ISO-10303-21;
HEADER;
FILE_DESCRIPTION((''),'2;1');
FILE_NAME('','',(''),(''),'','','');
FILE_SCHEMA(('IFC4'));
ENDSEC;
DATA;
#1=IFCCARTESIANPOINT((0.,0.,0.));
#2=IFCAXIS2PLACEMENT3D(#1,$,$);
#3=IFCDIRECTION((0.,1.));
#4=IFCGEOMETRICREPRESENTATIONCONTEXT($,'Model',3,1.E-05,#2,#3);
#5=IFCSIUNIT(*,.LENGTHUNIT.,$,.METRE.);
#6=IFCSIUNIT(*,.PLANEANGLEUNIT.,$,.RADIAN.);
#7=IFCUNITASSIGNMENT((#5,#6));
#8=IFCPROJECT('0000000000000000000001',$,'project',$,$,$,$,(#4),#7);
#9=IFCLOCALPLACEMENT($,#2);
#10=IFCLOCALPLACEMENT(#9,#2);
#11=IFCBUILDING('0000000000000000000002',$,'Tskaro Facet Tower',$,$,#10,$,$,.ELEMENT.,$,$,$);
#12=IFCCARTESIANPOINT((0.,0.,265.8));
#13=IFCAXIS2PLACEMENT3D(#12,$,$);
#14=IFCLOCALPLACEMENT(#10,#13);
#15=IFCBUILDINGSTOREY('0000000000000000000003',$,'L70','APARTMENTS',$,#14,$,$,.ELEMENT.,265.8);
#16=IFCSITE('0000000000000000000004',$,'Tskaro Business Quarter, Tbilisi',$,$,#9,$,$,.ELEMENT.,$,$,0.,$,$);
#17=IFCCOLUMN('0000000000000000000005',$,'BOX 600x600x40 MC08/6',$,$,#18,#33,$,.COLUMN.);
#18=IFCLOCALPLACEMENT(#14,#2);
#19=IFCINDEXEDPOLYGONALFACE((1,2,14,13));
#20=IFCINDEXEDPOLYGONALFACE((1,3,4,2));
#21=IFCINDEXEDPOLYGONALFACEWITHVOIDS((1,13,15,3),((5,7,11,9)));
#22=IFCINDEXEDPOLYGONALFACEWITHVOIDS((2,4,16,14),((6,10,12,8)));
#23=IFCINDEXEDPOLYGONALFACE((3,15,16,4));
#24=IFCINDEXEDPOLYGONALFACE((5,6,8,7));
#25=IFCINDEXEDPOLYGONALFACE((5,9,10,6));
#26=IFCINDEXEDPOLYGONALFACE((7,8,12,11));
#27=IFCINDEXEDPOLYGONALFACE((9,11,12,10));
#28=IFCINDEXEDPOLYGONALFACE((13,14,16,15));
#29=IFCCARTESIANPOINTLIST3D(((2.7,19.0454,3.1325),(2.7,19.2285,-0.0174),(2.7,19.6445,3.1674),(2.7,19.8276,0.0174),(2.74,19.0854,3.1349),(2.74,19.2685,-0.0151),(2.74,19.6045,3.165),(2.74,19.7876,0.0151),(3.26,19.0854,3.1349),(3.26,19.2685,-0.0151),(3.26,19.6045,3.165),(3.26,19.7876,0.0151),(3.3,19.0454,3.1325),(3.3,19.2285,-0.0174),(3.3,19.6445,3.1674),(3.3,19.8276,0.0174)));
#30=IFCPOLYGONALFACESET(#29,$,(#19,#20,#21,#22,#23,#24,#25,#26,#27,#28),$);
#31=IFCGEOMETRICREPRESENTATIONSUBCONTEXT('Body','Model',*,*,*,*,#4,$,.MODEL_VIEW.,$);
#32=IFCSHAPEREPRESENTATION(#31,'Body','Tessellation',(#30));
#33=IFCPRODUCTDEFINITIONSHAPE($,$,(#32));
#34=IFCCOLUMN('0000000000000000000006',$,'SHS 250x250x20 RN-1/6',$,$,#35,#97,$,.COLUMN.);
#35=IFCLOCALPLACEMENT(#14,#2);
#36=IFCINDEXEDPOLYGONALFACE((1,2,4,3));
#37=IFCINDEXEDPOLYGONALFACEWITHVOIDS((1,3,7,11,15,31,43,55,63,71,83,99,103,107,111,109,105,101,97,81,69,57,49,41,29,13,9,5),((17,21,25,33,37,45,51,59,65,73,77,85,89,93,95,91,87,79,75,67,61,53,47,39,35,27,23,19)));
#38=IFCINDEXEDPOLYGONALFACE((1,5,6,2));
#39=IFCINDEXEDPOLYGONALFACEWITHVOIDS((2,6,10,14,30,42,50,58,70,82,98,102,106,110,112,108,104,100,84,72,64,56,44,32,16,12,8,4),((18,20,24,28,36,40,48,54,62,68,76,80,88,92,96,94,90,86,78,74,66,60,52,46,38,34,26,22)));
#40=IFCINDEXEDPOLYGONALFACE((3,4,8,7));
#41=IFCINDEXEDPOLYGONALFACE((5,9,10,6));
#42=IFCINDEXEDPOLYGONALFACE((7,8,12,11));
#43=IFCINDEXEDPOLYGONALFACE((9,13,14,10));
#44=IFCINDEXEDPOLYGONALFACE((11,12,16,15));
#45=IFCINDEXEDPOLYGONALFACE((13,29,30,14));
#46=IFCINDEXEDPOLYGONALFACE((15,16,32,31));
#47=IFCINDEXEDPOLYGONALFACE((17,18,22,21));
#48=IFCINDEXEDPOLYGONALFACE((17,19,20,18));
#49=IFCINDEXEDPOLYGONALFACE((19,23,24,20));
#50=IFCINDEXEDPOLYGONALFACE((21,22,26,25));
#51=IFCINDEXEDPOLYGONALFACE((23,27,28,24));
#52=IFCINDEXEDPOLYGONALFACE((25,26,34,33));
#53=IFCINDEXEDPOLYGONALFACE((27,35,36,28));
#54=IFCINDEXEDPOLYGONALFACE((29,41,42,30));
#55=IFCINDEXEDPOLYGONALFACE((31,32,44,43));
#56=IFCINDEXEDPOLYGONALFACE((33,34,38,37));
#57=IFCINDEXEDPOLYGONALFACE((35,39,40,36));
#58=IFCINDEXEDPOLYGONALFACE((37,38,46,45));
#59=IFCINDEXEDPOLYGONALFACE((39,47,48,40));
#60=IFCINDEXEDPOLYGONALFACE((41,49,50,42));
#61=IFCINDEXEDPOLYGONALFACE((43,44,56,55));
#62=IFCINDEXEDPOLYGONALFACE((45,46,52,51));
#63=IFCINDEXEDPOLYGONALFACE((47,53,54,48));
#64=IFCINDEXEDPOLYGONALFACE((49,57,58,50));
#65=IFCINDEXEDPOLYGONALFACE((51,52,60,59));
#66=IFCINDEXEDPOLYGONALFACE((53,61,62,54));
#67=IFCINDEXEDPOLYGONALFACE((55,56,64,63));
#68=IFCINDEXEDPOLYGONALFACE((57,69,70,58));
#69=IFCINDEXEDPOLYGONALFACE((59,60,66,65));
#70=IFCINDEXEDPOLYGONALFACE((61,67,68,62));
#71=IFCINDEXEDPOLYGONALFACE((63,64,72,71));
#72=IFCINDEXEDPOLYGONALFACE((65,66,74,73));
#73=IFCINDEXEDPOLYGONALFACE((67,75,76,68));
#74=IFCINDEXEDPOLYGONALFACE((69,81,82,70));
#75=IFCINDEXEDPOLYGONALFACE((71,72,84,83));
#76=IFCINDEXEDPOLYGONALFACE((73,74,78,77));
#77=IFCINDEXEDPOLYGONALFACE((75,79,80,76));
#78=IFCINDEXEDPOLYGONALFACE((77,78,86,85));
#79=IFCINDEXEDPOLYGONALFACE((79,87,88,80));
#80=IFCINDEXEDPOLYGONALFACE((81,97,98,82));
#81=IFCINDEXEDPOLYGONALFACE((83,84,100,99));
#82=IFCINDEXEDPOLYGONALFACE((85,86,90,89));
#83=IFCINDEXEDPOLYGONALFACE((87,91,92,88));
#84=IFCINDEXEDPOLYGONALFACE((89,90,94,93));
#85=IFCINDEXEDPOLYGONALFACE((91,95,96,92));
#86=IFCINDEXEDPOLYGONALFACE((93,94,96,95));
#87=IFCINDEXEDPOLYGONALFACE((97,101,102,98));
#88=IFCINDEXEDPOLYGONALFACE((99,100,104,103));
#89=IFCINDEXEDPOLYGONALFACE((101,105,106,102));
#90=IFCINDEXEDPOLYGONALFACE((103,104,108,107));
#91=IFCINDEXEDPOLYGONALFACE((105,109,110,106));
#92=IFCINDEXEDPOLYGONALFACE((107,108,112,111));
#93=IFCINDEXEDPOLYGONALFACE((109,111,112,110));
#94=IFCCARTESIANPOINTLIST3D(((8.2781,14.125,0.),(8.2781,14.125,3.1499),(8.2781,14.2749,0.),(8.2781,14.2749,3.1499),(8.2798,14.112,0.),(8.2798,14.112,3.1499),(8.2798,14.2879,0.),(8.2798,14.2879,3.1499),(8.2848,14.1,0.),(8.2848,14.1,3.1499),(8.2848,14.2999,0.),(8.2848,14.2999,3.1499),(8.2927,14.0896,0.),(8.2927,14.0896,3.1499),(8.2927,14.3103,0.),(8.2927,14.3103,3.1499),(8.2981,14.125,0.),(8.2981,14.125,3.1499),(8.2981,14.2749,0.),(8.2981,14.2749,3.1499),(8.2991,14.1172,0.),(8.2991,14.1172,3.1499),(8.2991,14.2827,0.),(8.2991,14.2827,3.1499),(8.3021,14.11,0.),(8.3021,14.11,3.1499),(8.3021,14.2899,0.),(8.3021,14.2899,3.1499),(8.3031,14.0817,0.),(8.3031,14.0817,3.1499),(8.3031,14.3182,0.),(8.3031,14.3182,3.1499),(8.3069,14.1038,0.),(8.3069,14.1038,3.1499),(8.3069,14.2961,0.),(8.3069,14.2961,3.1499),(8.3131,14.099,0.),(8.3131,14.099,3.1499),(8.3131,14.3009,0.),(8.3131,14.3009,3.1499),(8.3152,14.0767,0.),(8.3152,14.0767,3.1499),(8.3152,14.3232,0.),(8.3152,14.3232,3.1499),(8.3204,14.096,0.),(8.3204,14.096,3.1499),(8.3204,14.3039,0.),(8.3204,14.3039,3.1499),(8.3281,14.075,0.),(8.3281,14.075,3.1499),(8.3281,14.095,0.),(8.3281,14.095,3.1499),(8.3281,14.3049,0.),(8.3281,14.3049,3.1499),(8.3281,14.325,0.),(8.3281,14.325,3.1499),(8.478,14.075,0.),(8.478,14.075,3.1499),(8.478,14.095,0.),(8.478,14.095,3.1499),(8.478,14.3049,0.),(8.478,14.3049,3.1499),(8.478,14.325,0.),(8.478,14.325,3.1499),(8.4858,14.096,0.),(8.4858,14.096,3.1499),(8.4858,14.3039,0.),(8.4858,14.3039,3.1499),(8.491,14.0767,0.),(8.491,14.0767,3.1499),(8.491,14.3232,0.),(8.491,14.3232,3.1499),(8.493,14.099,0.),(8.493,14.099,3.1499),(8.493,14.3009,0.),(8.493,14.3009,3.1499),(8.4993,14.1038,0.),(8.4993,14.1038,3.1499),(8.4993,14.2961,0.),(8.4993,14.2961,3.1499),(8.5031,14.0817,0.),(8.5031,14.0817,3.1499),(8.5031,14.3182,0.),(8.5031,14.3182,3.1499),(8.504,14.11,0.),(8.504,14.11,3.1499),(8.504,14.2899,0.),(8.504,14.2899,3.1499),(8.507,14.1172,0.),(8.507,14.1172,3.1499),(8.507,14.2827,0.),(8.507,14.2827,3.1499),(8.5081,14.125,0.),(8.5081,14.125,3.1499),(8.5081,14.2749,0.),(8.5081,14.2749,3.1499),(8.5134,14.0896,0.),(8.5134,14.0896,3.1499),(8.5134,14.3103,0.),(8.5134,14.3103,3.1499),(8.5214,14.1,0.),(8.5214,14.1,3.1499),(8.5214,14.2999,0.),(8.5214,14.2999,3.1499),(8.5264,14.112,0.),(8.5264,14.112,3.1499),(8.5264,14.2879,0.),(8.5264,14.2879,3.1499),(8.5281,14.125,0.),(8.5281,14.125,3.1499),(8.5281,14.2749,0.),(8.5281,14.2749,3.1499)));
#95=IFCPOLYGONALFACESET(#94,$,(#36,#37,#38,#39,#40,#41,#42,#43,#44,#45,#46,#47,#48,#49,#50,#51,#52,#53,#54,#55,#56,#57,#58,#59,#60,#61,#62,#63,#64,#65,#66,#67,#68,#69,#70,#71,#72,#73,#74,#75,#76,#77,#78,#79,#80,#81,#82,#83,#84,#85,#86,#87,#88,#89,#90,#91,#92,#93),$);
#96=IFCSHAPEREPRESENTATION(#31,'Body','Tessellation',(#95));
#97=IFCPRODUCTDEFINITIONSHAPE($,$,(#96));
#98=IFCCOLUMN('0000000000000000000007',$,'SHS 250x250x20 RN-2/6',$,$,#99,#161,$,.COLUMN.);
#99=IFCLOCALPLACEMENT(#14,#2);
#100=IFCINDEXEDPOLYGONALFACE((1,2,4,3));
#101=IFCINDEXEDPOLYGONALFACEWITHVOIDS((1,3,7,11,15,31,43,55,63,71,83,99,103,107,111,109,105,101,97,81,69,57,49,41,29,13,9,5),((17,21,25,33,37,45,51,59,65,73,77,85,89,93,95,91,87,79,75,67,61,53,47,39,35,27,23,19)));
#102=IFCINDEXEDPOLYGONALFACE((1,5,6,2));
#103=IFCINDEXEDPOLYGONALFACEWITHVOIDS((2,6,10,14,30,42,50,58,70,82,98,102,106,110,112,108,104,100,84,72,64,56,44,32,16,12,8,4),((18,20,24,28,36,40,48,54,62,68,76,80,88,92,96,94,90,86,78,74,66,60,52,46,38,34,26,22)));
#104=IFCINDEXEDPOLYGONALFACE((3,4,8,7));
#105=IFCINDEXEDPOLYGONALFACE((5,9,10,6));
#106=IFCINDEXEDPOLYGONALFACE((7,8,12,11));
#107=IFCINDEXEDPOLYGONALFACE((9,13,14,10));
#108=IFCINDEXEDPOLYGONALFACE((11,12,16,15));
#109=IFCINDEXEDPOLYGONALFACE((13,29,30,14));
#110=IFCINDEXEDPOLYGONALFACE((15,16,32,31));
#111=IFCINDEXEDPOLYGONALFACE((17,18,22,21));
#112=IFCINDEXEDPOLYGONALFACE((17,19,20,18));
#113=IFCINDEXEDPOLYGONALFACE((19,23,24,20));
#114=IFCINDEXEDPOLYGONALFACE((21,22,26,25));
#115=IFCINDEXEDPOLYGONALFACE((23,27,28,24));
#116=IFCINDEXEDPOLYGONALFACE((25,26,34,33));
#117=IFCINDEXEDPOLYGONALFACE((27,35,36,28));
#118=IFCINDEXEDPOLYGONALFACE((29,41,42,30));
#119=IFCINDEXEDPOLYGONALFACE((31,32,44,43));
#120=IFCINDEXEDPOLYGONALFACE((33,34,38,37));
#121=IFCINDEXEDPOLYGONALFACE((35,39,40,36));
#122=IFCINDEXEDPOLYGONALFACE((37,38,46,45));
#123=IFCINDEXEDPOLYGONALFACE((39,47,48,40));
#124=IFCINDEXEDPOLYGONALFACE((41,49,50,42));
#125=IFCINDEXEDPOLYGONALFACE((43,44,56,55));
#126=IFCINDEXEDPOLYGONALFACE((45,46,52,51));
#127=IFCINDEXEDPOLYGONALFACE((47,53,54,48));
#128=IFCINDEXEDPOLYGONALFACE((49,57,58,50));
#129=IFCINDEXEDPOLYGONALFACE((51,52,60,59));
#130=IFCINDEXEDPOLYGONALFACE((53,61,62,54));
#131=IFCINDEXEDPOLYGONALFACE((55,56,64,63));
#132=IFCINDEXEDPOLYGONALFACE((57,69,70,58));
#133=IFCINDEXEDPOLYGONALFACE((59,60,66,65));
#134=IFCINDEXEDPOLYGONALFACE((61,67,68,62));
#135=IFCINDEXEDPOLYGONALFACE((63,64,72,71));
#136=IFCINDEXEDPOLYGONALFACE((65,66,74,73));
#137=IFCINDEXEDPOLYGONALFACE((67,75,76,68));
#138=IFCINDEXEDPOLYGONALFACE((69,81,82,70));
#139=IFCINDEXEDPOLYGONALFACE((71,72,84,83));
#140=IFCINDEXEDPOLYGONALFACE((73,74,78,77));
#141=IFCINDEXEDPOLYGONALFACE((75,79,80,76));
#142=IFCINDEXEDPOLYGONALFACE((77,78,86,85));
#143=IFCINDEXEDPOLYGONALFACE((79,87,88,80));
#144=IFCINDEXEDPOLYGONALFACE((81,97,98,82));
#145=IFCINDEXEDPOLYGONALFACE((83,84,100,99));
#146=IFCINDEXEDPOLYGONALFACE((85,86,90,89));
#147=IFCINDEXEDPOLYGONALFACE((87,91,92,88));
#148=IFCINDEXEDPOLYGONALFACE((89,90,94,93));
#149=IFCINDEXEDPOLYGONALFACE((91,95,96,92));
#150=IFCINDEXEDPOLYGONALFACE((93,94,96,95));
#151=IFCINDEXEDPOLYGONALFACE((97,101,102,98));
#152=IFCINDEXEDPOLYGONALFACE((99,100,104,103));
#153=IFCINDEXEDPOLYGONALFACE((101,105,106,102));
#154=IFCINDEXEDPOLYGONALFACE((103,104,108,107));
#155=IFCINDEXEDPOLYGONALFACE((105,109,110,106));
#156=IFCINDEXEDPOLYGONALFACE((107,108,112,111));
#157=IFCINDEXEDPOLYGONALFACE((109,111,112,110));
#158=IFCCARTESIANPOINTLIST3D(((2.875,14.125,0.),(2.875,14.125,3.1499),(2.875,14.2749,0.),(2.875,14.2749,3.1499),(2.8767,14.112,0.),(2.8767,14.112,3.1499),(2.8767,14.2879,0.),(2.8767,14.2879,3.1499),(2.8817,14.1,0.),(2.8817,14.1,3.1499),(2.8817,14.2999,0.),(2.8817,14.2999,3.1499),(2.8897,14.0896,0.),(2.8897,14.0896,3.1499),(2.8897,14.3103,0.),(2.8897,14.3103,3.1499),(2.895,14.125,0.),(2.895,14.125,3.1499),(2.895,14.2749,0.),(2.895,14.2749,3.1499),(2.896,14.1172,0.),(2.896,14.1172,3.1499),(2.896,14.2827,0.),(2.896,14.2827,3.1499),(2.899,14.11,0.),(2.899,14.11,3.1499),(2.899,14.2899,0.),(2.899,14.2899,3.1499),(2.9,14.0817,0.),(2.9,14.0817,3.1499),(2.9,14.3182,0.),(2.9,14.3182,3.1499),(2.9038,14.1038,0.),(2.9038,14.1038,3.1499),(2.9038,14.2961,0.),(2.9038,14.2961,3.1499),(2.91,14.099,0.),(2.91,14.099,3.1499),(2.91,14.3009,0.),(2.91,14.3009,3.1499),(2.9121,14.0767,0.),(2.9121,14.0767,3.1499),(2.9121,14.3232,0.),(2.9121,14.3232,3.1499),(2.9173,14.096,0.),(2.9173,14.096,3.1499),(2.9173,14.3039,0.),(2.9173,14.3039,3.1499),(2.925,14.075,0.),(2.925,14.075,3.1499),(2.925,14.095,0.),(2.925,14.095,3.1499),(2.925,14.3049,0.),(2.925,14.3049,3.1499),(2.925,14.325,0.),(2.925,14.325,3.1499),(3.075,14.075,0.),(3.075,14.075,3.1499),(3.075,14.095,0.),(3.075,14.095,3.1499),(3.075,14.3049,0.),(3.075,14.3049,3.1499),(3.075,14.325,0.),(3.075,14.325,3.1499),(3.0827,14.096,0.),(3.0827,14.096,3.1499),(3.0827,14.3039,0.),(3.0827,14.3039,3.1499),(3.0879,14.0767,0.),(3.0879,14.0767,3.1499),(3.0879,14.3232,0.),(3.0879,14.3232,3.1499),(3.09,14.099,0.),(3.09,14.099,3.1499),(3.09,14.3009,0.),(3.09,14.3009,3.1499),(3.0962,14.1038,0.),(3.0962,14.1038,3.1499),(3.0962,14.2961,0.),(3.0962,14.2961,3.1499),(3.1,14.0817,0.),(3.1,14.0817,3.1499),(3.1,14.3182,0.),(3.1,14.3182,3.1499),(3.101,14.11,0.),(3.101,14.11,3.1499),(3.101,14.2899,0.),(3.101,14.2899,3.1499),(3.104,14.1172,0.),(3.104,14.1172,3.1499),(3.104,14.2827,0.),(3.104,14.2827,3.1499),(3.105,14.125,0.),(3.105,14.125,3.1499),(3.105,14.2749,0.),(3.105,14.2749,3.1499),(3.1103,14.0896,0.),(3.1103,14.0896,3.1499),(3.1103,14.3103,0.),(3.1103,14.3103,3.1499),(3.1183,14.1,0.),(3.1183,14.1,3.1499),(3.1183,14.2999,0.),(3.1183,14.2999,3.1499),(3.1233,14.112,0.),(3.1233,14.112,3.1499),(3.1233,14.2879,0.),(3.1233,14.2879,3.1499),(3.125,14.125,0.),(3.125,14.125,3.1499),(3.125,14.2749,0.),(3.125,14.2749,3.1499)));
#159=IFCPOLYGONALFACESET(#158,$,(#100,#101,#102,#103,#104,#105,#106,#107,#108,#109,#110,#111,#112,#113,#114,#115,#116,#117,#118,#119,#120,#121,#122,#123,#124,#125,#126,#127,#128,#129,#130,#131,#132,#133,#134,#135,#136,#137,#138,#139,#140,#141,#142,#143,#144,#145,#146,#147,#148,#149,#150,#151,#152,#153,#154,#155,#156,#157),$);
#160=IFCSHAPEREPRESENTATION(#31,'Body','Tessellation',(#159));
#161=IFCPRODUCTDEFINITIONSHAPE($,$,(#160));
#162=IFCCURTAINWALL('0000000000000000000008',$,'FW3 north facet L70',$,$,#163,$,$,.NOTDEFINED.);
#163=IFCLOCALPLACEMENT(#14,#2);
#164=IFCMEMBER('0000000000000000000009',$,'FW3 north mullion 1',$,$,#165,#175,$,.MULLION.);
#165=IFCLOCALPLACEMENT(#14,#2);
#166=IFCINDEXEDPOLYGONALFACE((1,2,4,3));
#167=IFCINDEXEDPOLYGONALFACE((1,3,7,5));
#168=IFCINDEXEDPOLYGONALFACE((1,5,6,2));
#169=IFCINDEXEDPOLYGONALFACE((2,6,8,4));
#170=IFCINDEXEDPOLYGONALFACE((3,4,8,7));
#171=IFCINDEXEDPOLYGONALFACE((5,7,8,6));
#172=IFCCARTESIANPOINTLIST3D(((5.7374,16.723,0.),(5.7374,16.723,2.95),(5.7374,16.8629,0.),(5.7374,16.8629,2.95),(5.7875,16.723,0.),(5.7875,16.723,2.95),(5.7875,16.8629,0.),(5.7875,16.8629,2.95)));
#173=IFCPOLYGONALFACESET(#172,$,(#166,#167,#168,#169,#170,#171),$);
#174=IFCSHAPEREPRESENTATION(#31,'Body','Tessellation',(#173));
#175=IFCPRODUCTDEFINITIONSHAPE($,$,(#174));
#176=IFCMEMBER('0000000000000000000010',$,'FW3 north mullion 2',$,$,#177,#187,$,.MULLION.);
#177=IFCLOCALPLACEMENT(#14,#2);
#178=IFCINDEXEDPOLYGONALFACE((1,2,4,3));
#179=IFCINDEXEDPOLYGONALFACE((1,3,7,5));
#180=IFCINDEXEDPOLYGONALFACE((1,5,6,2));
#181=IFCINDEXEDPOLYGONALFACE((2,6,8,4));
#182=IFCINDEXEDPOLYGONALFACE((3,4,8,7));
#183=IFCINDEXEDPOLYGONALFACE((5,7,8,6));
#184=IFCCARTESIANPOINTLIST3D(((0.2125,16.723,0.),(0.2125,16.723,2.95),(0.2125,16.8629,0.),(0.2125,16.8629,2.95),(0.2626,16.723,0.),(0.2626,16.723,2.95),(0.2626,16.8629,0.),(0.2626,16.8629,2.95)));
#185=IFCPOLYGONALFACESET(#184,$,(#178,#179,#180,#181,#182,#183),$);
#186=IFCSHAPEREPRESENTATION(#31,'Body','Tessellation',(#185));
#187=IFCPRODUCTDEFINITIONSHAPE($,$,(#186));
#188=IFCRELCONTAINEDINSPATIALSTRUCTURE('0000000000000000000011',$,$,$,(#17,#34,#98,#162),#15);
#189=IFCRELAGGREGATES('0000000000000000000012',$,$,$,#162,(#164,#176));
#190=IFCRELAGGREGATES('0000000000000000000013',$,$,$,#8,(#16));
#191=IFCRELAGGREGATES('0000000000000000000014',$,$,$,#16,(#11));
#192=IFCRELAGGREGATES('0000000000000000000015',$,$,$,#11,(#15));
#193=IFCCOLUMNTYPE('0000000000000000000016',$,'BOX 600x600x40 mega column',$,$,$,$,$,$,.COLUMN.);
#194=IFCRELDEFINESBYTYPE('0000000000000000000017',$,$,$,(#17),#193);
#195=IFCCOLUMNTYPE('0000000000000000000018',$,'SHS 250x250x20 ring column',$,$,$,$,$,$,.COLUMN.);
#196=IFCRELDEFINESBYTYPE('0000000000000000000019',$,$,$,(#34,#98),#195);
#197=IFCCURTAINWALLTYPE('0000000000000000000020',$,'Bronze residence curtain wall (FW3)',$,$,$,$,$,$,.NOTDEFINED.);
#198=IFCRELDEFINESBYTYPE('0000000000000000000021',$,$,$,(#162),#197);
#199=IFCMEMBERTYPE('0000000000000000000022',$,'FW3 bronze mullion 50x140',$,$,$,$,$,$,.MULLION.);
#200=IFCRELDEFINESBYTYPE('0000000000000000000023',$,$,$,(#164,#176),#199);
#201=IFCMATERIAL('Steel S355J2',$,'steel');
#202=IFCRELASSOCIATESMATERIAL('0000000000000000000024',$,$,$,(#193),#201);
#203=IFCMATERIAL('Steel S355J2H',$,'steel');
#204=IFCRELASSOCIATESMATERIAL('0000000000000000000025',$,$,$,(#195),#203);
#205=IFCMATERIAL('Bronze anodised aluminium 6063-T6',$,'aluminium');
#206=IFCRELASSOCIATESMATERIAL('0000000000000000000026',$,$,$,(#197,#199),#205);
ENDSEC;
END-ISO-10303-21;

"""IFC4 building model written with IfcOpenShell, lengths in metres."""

from ifc_helpers import new_model, si_unit, direction, frame, origin, origin_2d, place, context, subcontext, project, spatial, rectangle, hollow_rectangle, extrude, material, material_profile, profile_set, type_object, element, aggregate, save


model = new_model("IFC4")

# Units and contexts
model_context = context("Model", 3, precision=1e-05, world=origin(), true_north=direction((0.0, 1.0)))
body_context = subcontext(model_context, "Body", "Model", "MODEL_VIEW")
ifc_project = project(units=[si_unit("LENGTHUNIT", "METRE"), si_unit("PLANEANGLEUNIT", "RADIAN")], contexts=[model_context])

# Site, building, storey
site_placement = place(None, origin())
site = spatial("IfcSite", under=ifc_project, at=site_placement, Name="Tskaro Business Quarter, Tbilisi", CompositionType="ELEMENT", RefElevation=0.0)
building_placement = place(site_placement, origin())
building = spatial("IfcBuilding", under=site, at=building_placement, Name="Tskaro Facet Tower", CompositionType="ELEMENT")
storey_placement = place(building_placement, frame((0.0, 0.0, 265.8)))
storey = spatial("IfcBuildingStorey", under=building, at=storey_placement, Name="L70", Description="APARTMENTS", CompositionType="ELEMENT", Elevation=265.8)

# Columns
ifc_material_1 = material(Name="Steel S355J2", Category="steel")
ifc_material_profile_1 = material_profile(ifc_material_1, hollow_rectangle(XDim=0.6001, YDim=0.6001, WallThickness=0.04, at=origin_2d()), Name="BOX 600x600x40")
ifc_profile_set_1 = profile_set([ifc_material_profile_1], Name="Steel S355J2")
column_type_1 = type_object("IfcColumnType", Name="BOX 600x600x40 mega column", PredefinedType="COLUMN", material=ifc_profile_set_1)
column_placement = place(storey_placement, frame((3.0, 19.5281, 0.0), z_axis=(0.0, -0.058033, 0.998315), x_axis=(1.0, 0.0, 0.0)))
element("IfcColumn", 1, at=column_placement, inside=storey, type_object=column_type_1, Name="BOX 600x600x40 MC08/6", PredefinedType="COLUMN", context=body_context, shape_type="SweptSolid", body=[
    extrude(hollow_rectangle(XDim=0.6001, YDim=0.6001, WallThickness=0.04, at=origin_2d()), origin(), (0.0, 0.0, 1.0), 3.1553),
])
ifc_material_2 = material(Name="Steel S355J2H", Category="steel")
ifc_material_profile_2 = material_profile(ifc_material_2, hollow_rectangle(XDim=0.25, YDim=0.25, WallThickness=0.02, InnerFilletRadius=0.03, OuterFilletRadius=0.05, at=origin_2d()), Name="SHS 250x250x20")
ifc_profile_set_2 = profile_set([ifc_material_profile_2], Name="Steel S355J2H")
column_type_2 = type_object("IfcColumnType", Name="SHS 250x250x20 ring column", PredefinedType="COLUMN", material=ifc_profile_set_2)
for number, where, z_axis, x_axis, name in (
    (2, (8.4031, 14.2, 0.0), (0.0, 0.0, 1.0), (1.0, 0.0, 0.0), "SHS 250x250x20 RN-1/6"),
    (3, (3.0, 14.2, 0.0), (0.0, 0.0, 1.0), (1.0, 0.0, 0.0), "SHS 250x250x20 RN-2/6"),
):
    element("IfcColumn", number, at=place(storey_placement, frame(where, z_axis=z_axis, x_axis=x_axis)), inside=storey, type_object=column_type_2, Name=name, PredefinedType="COLUMN", context=body_context, shape_type="SweptSolid", body=[
        extrude(hollow_rectangle(XDim=0.25, YDim=0.25, WallThickness=0.02, InnerFilletRadius=0.03, OuterFilletRadius=0.05, at=origin_2d()), origin(), (0.0, 0.0, 1.0), 3.1499),
    ])

# Curtain wall, members
ifc_material_3 = material(Name="Bronze anodised aluminium 6063-T6", Category="aluminium")
curtain_wall_type = type_object("IfcCurtainWallType", Name="Bronze residence curtain wall (FW3)", PredefinedType="NOTDEFINED", material=ifc_material_3)
curtain_wall_placement = place(storey_placement, origin())
curtain_wall = element("IfcCurtainWall", 4, at=curtain_wall_placement, inside=storey, type_object=curtain_wall_type, Name="FW3 north facet L70", PredefinedType="NOTDEFINED")
ifc_material_profile_3 = material_profile(ifc_material_3, rectangle(XDim=0.05, YDim=0.1399, at=origin_2d()), Name="Mullion 50x140")
ifc_profile_set_3 = profile_set([ifc_material_profile_3], Name="Bronze anodised aluminium 6063-T6")
member_type_1 = type_object("IfcMemberType", Name="FW3 bronze mullion 50x140", PredefinedType="MULLION", material=ifc_profile_set_3)
member_1_placement = place(storey_placement, frame((5.7625, 16.793, 0.0), z_axis=(0.0, 0.0, 1.0), x_axis=(-1.0, 0.0, 0.0)))
member_1 = element("IfcMember", 5, at=member_1_placement, type_object=member_type_1, Name="FW3 north mullion 1", PredefinedType="MULLION", context=body_context, shape_type="SweptSolid", body=[
    extrude(rectangle(XDim=0.05, YDim=0.1399, at=origin_2d()), origin(), (0.0, 0.0, 1.0), 2.95),
])
member_2_placement = place(storey_placement, frame((0.2375, 16.793, 0.0), z_axis=(0.0, 0.0, 1.0), x_axis=(-1.0, 0.0, 0.0)))
member_2 = element("IfcMember", 6, at=member_2_placement, type_object=member_type_1, Name="FW3 north mullion 2", PredefinedType="MULLION", context=body_context, shape_type="SweptSolid", body=[
    extrude(rectangle(XDim=0.05, YDim=0.1399, at=origin_2d()), origin(), (0.0, 0.0, 1.0), 2.95),
])

aggregate(curtain_wall, [member_1, member_2])

save(model, "model.ifc")
